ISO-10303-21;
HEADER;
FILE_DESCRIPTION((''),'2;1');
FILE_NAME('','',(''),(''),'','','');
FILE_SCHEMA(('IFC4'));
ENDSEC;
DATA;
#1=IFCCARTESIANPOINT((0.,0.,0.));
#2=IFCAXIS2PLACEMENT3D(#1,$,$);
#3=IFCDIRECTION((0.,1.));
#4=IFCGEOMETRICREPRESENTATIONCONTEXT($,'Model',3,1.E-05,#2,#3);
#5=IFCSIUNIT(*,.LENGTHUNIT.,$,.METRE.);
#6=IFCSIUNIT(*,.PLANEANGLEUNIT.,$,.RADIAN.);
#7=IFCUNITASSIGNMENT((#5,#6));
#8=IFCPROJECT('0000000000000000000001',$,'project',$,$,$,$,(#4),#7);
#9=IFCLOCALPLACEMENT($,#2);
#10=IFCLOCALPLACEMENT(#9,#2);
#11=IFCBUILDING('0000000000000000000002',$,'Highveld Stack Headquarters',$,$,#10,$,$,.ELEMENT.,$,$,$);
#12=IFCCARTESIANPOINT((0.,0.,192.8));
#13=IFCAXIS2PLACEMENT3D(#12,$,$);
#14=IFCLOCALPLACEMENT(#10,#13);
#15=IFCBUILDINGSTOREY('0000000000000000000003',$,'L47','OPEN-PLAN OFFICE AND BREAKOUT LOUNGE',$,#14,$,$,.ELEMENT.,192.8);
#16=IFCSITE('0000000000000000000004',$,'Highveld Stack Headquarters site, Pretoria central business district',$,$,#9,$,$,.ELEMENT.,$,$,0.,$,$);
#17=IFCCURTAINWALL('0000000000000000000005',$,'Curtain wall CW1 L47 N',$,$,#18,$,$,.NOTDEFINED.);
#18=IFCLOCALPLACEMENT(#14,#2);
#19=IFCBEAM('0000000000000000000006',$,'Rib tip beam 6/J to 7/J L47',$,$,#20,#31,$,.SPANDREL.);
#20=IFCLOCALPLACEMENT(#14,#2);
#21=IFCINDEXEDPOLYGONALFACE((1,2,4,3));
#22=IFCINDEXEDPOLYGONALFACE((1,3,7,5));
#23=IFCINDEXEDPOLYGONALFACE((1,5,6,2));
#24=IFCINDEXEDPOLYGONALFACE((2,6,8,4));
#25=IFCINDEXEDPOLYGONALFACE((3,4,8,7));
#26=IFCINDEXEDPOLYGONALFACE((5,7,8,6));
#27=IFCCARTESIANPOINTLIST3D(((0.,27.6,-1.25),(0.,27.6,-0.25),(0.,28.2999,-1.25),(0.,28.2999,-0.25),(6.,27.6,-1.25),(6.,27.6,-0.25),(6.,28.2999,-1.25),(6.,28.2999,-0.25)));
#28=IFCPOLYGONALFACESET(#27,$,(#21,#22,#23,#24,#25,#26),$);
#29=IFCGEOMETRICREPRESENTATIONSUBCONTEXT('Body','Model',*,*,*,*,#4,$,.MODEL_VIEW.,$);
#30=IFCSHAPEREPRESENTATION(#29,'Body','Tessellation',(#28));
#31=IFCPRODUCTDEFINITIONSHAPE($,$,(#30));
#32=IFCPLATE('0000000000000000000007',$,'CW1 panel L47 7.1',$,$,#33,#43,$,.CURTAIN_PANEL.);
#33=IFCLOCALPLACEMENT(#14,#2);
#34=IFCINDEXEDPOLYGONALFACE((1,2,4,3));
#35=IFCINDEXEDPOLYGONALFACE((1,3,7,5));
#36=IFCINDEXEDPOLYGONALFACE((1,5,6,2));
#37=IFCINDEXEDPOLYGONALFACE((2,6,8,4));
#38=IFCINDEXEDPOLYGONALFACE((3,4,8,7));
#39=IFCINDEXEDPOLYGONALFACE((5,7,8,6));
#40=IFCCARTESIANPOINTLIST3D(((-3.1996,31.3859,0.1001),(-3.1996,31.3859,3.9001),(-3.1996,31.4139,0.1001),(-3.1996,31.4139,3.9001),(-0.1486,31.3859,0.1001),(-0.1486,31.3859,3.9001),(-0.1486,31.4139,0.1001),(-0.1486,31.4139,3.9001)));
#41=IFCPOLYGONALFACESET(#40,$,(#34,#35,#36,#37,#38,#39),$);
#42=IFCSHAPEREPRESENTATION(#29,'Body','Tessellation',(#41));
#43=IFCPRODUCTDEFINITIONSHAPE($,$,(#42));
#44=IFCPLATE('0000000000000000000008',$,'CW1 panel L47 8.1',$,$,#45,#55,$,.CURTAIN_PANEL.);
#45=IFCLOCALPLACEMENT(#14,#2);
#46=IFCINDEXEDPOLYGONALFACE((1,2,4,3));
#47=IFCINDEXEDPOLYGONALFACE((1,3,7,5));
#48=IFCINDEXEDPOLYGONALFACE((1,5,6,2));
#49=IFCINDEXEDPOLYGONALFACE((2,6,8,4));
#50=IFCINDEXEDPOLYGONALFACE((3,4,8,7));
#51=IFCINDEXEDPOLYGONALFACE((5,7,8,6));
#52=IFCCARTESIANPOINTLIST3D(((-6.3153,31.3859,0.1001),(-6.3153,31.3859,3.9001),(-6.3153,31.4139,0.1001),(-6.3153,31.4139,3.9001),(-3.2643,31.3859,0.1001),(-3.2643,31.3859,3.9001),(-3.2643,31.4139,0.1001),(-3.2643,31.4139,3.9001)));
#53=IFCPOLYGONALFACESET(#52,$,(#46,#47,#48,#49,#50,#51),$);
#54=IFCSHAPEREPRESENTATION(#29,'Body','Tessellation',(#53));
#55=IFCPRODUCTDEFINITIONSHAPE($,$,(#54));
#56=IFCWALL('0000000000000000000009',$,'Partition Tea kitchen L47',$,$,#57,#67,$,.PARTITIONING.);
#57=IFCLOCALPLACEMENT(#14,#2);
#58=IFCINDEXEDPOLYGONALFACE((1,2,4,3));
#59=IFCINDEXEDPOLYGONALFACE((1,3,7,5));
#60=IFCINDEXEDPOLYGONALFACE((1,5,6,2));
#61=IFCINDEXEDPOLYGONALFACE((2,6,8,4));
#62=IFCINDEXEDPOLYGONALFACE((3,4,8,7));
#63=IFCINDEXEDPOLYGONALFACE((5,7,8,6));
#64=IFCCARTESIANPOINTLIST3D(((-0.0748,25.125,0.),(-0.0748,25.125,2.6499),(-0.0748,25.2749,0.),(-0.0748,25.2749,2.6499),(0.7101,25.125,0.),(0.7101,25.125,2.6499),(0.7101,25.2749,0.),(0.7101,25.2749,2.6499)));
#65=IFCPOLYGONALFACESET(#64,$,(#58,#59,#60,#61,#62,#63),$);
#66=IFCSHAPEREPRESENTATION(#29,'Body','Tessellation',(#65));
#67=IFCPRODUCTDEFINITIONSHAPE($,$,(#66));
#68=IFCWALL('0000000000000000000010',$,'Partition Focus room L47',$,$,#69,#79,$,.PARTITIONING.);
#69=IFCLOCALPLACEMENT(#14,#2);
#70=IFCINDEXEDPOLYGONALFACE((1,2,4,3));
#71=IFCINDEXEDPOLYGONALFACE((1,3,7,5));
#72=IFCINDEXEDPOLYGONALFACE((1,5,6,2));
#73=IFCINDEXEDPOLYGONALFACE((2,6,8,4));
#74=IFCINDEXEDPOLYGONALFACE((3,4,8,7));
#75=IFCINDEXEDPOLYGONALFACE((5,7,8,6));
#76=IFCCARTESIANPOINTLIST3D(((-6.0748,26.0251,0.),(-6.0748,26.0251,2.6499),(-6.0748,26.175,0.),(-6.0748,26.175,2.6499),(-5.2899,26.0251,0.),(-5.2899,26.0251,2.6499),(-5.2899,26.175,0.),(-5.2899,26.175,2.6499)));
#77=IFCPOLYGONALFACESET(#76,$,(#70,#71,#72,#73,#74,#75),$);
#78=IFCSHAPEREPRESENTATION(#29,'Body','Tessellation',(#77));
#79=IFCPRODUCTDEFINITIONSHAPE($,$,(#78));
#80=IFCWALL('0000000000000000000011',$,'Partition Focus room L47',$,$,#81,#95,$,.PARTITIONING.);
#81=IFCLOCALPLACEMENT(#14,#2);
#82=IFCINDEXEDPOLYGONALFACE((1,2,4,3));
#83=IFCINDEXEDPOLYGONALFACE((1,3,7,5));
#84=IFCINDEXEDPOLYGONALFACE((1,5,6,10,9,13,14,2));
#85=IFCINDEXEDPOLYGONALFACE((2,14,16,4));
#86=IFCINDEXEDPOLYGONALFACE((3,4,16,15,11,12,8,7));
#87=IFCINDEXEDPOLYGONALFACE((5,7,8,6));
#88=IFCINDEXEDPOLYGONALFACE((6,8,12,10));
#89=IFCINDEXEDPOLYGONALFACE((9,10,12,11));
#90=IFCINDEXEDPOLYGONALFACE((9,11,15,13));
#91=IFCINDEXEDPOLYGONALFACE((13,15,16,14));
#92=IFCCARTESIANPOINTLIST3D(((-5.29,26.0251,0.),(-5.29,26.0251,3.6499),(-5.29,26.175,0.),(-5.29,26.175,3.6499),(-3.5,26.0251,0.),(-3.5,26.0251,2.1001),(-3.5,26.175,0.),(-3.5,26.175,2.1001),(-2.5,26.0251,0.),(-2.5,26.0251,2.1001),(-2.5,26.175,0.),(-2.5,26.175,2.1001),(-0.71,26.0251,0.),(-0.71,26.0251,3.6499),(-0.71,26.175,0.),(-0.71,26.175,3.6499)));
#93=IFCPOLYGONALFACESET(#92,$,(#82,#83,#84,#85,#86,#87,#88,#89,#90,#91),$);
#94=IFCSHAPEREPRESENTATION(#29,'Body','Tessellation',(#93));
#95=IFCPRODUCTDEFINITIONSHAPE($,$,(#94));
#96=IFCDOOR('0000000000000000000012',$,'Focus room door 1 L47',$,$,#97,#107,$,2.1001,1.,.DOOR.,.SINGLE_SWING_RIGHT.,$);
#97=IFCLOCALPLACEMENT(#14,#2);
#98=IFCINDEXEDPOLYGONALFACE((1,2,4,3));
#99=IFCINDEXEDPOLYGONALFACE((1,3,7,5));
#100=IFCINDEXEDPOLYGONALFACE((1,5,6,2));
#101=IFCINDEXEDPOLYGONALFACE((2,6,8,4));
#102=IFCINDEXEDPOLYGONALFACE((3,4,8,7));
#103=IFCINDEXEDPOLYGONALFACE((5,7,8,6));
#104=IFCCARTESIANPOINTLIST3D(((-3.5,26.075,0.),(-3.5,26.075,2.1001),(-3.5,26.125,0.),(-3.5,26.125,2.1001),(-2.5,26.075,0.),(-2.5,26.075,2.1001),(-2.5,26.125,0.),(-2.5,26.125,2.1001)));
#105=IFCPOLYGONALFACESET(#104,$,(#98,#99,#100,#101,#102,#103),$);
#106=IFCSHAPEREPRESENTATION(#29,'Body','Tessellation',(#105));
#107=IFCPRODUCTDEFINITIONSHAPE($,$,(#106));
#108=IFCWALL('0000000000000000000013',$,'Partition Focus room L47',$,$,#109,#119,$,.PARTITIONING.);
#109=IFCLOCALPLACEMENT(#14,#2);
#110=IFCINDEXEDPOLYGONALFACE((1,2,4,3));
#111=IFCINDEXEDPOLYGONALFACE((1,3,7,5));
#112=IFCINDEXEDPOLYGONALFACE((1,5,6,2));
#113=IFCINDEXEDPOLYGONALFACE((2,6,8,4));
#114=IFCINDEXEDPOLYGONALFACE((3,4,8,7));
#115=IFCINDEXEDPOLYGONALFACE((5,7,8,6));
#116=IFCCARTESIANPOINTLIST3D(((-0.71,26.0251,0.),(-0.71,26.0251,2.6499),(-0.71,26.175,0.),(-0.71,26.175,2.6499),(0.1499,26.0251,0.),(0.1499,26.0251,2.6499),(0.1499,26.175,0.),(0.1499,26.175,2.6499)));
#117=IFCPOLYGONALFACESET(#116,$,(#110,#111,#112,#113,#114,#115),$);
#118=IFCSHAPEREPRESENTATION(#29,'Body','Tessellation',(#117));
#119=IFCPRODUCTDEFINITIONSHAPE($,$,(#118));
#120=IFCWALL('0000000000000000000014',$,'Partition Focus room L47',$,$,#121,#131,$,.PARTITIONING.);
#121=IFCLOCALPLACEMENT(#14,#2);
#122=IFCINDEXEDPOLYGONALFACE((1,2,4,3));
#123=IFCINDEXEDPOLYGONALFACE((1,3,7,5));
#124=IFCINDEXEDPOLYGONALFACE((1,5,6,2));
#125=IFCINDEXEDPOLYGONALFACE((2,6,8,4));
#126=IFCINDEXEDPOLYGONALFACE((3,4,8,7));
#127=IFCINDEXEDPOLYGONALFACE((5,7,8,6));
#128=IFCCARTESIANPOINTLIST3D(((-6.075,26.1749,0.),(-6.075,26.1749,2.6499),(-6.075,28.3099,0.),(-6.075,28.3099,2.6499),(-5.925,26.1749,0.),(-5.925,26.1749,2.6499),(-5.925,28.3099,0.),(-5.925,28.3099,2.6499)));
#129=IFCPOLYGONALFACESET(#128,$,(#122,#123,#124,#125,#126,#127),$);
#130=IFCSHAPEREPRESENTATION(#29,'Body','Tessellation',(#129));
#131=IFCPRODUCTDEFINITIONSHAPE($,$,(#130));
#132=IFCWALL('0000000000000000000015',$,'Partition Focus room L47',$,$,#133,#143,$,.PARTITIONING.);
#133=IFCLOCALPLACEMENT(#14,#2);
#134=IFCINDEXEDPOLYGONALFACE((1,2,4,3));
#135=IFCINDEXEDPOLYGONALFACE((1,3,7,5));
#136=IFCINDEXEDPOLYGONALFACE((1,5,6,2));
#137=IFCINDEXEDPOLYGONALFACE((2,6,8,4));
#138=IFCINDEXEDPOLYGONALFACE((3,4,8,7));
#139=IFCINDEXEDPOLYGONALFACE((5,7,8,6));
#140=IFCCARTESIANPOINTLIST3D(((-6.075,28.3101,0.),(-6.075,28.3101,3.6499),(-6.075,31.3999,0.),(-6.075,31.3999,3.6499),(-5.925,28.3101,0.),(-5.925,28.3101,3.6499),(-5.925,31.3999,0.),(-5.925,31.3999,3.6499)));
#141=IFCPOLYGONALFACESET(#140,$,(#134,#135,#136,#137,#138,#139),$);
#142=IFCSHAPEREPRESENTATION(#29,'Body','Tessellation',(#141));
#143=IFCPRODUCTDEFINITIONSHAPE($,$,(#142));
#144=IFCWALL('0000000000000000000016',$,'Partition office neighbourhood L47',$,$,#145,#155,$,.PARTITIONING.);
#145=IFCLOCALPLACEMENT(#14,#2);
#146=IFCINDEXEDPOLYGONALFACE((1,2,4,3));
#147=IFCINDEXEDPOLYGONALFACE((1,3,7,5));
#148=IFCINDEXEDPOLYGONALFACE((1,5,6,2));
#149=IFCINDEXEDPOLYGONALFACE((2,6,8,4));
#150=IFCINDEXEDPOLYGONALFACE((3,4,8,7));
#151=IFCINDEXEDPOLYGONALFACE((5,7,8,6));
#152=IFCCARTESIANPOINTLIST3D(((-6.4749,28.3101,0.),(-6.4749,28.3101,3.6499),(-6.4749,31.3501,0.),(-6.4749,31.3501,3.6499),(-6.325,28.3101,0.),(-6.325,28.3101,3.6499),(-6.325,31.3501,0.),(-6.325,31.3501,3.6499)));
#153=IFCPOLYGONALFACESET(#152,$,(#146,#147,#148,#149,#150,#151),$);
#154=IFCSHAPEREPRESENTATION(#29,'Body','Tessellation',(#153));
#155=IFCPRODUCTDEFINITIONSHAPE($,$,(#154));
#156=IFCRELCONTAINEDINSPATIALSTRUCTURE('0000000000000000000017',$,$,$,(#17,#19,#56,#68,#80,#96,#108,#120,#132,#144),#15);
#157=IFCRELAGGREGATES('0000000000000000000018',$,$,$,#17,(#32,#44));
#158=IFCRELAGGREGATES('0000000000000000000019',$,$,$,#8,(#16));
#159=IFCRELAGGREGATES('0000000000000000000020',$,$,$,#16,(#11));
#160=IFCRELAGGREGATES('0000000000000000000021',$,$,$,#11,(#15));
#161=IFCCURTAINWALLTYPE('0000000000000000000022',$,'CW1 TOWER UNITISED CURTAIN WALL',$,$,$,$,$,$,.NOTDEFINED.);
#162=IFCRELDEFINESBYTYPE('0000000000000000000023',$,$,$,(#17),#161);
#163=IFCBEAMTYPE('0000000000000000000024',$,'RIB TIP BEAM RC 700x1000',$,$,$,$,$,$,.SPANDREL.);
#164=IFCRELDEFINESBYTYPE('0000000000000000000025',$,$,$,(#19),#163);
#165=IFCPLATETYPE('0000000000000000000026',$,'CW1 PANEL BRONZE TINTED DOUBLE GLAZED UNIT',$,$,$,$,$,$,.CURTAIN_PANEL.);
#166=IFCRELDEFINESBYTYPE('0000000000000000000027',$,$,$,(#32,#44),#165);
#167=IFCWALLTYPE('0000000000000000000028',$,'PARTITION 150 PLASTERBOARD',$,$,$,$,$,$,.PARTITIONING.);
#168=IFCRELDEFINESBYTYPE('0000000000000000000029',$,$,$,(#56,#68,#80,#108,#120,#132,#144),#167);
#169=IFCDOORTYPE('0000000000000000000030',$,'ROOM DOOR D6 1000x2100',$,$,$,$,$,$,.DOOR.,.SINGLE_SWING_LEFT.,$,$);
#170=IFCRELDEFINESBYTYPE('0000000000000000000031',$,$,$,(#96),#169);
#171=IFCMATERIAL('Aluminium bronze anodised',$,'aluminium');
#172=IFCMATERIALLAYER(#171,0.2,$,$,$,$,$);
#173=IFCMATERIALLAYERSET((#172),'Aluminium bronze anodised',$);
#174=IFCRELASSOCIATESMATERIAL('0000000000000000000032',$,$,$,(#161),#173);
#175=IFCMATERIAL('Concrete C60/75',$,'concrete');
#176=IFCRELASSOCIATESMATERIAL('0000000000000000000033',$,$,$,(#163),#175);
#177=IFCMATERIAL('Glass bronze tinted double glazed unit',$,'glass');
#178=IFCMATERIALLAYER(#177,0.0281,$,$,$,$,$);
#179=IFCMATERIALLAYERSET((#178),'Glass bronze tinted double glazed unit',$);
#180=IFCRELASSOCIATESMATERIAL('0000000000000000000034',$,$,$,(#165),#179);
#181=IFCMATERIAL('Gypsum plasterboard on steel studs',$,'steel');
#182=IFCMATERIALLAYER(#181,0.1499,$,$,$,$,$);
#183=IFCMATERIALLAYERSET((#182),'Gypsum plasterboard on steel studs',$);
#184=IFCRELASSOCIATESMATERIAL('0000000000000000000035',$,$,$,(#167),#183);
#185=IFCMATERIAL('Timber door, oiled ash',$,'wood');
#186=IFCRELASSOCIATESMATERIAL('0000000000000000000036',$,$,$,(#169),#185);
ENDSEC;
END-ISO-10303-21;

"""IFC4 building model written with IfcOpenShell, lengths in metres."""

from ifc_helpers import new_model, si_unit, direction, frame, frame_2d, origin, origin_2d, place, context, subcontext, project, spatial, rectangle, extrude, material, layer, layer_set, material_profile, profile_set, type_object, element, fill, aggregate, save


model = new_model("IFC4")

# Units and contexts
model_context = context("Model", 3, precision=1e-05, world=origin(), true_north=direction((0.0, 1.0)))
body_context = subcontext(model_context, "Body", "Model", "MODEL_VIEW")
ifc_project = project(units=[si_unit("LENGTHUNIT", "METRE"), si_unit("PLANEANGLEUNIT", "RADIAN")], contexts=[model_context])

# Site, building, storey
site_placement = place(None, origin())
site = spatial("IfcSite", under=ifc_project, at=site_placement, Name="Highveld Stack Headquarters site, Pretoria central business district", CompositionType="ELEMENT", RefElevation=0.0)
building_placement = place(site_placement, origin())
building = spatial("IfcBuilding", under=site, at=building_placement, Name="Highveld Stack Headquarters", CompositionType="ELEMENT")
storey_placement = place(building_placement, frame((0.0, 0.0, 192.8)))
storey = spatial("IfcBuildingStorey", under=building, at=storey_placement, Name="L47", Description="OPEN-PLAN OFFICE AND BREAKOUT LOUNGE", CompositionType="ELEMENT", Elevation=192.8)

# Curtain wall
ifc_material_1 = material(Name="Aluminium bronze anodised", Category="aluminium")
ifc_layer_1 = layer(ifc_material_1, 0.2)
ifc_layer_set_1 = layer_set([ifc_layer_1], Name="Aluminium bronze anodised")
curtain_wall_type = type_object("IfcCurtainWallType", Name="CW1 TOWER UNITISED CURTAIN WALL", PredefinedType="NOTDEFINED", material=ifc_layer_set_1)
curtain_wall_placement = place(storey_placement, origin())
curtain_wall = element("IfcCurtainWall", 1, at=curtain_wall_placement, inside=storey, type_object=curtain_wall_type, Name="Curtain wall CW1 L47 N", PredefinedType="NOTDEFINED")

# Beam
ifc_material_2 = material(Name="Concrete C60/75", Category="concrete")
ifc_material_profile_1 = material_profile(ifc_material_2, rectangle(XDim=0.7, YDim=1.0, at=origin_2d()), Name="RC 700x1000")
ifc_profile_set_1 = profile_set([ifc_material_profile_1], Name="Concrete C60/75")
beam_type_1 = type_object("IfcBeamType", Name="RIB TIP BEAM RC 700x1000", PredefinedType="SPANDREL", material=ifc_profile_set_1)
for number, where, z_axis, x_axis, name in (
    (2, (0.0, 27.95, -0.75), (1.0, 0.0, 0.0), (0.0, 1.0, 0.0), "Rib tip beam 6/J to 7/J L47"),
):
    element("IfcBeam", number, at=place(storey_placement, frame(where, z_axis=z_axis, x_axis=x_axis)), inside=storey, type_object=beam_type_1, Name=name, PredefinedType="SPANDREL", context=body_context, shape_type="SweptSolid", body=[
        extrude(rectangle(XDim=0.7, YDim=1.0, at=origin_2d()), origin(), (0.0, 0.0, 1.0), 6.0),
    ])

# Plates
ifc_material_3 = material(Name="Glass bronze tinted double glazed unit", Category="glass")
ifc_layer_2 = layer(ifc_material_3, 0.0281)
ifc_layer_set_2 = layer_set([ifc_layer_2], Name="Glass bronze tinted double glazed unit")
plate_type = type_object("IfcPlateType", Name="CW1 PANEL BRONZE TINTED DOUBLE GLAZED UNIT", PredefinedType="CURTAIN_PANEL", material=ifc_layer_set_2)
plate_1_placement = place(storey_placement, frame((-1.6741, 31.3999, 0.1001), z_axis=(0.0, 0.0, 1.0), x_axis=(-1.0, 0.0, 0.0)))
plate_1 = element("IfcPlate", 3, at=plate_1_placement, type_object=plate_type, Name="CW1 panel L47 7.1", PredefinedType="CURTAIN_PANEL", context=body_context, shape_type="SweptSolid", body=[
    extrude(rectangle(XDim=3.051, YDim=0.0281, at=origin_2d()), origin(), (0.0, 0.0, 1.0), 3.8),
])
plate_2_placement = place(storey_placement, frame((-4.7898, 31.3999, 0.1001), z_axis=(0.0, 0.0, 1.0), x_axis=(-1.0, 0.0, 0.0)))
plate_2 = element("IfcPlate", 4, at=plate_2_placement, type_object=plate_type, Name="CW1 panel L47 8.1", PredefinedType="CURTAIN_PANEL", context=body_context, shape_type="SweptSolid", body=[
    extrude(rectangle(XDim=3.051, YDim=0.0281, at=origin_2d()), origin(), (0.0, 0.0, 1.0), 3.8),
])
aggregate(curtain_wall, [plate_1, plate_2])

# Walls
ifc_material_4 = material(Name="Gypsum plasterboard on steel studs", Category="steel")
ifc_layer_3 = layer(ifc_material_4, 0.1499)
ifc_layer_set_3 = layer_set([ifc_layer_3], Name="Gypsum plasterboard on steel studs")
wall_type = type_object("IfcWallType", Name="PARTITION 150 PLASTERBOARD", PredefinedType="PARTITIONING", material=ifc_layer_set_3)
for number, where, z_axis, x_axis, name in (
    (5, (-0.075, 25.2, 0.0), (0.0, 0.0, 1.0), (1.0, 0.0, 0.0), "Partition Tea kitchen L47"),
    (6, (-6.075, 26.1001, 0.0), (0.0, 0.0, 1.0), (1.0, 0.0, 0.0), "Partition Focus room L47"),
):
    element("IfcWall", number, at=place(storey_placement, frame(where, z_axis=z_axis, x_axis=x_axis)), inside=storey, type_object=wall_type, Name=name, PredefinedType="PARTITIONING", context=body_context, shape_type="SweptSolid", body=[
        extrude(rectangle(XDim=0.7849, YDim=0.1499, at=frame_2d((0.3926, 0.0))), origin(), (0.0, 0.0, 1.0), 2.6499),
    ])

# Wall, opening, door
wall_1_placement = place(storey_placement, frame((-5.29, 26.1001, 0.0), z_axis=(0.0, 0.0, 1.0), x_axis=(1.0, 0.0, 0.0)))
wall_1 = element("IfcWall", 7, at=wall_1_placement, inside=storey, type_object=wall_type, Name="Partition Focus room L47", PredefinedType="PARTITIONING", context=body_context, shape_type="SweptSolid", body=[
    extrude(rectangle(XDim=4.5801, YDim=0.1499, at=frame_2d((2.29, 0.0))), origin(), (0.0, 0.0, 1.0), 3.6499),
])
opening_placement = place(wall_1_placement, frame((1.79, 0.0, 0.0)))
opening = element("IfcOpeningElement", 8, at=opening_placement, cuts=wall_1, PredefinedType="OPENING", context=body_context, shape_type="SweptSolid", body=[
    extrude(rectangle(XDim=1.0, YDim=2.1001, at=frame_2d((0.5, 1.05))), frame((0.0, 0.085, 0.0), z_axis=(0.0, -1.0, 0.0), x_axis=(1.0, 0.0, 0.0)), (0.0, 0.0, 1.0), 0.1699),
])
ifc_material_5 = material(Name="Timber door, oiled ash", Category="wood")
door_type = type_object("IfcDoorType", Name="ROOM DOOR D6 1000x2100", OperationType="SINGLE_SWING_LEFT", PredefinedType="DOOR", material=ifc_material_5)
door_placement = place(opening_placement, origin())
door = element("IfcDoor", 9, at=door_placement, inside=storey, type_object=door_type, Name="Focus room door 1 L47", OperationType="SINGLE_SWING_RIGHT", OverallHeight=2.1001, OverallWidth=1.0, PredefinedType="DOOR", context=body_context, shape_type="SweptSolid", body=[
    extrude(rectangle(XDim=1.0, YDim=2.1001, at=frame_2d((0.5, 1.05))), frame((0.0, 0.0249, 0.0), z_axis=(0.0, -1.0, 0.0), x_axis=(1.0, 0.0, 0.0)), (0.0, 0.0, 1.0), 0.05),
])
fill(opening, door)

# Walls
wall_2_placement = place(storey_placement, frame((-0.71, 26.1001, 0.0), z_axis=(0.0, 0.0, 1.0), x_axis=(1.0, 0.0, 0.0)))
element("IfcWall", 10, at=wall_2_placement, inside=storey, type_object=wall_type, Name="Partition Focus room L47", PredefinedType="PARTITIONING", context=body_context, shape_type="SweptSolid", body=[
    extrude(rectangle(XDim=0.8599, YDim=0.1499, at=frame_2d((0.4299, 0.0))), origin(), (0.0, 0.0, 1.0), 2.6499),
])
wall_3_placement = place(storey_placement, frame((-6.0, 26.175, 0.0), z_axis=(0.0, 0.0, 1.0), x_axis=(0.0, 1.0, 0.0)))
element("IfcWall", 11, at=wall_3_placement, inside=storey, type_object=wall_type, Name="Partition Focus room L47", PredefinedType="PARTITIONING", context=body_context, shape_type="SweptSolid", body=[
    extrude(rectangle(XDim=2.135, YDim=0.1499, at=frame_2d((1.0674, 0.0))), origin(), (0.0, 0.0, 1.0), 2.6499),
])
wall_4_placement = place(storey_placement, frame((-6.0, 28.3101, 0.0), z_axis=(0.0, 0.0, 1.0), x_axis=(0.0, 1.0, 0.0)))
element("IfcWall", 12, at=wall_4_placement, inside=storey, type_object=wall_type, Name="Partition Focus room L47", PredefinedType="PARTITIONING", context=body_context, shape_type="SweptSolid", body=[
    extrude(rectangle(XDim=3.0898, YDim=0.1499, at=frame_2d((1.5449, 0.0))), origin(), (0.0, 0.0, 1.0), 3.6499),
])
wall_5_placement = place(storey_placement, frame((-6.3999, 28.3101, 0.0), z_axis=(0.0, 0.0, 1.0), x_axis=(0.0, 1.0, 0.0)))
element("IfcWall", 13, at=wall_5_placement, inside=storey, type_object=wall_type, Name="Partition office neighbourhood L47", PredefinedType="PARTITIONING", context=body_context, shape_type="SweptSolid", body=[
    extrude(rectangle(XDim=3.04, YDim=0.1499, at=frame_2d((1.52, 0.0))), origin(), (0.0, 0.0, 1.0), 3.6499),
])

save(model, "model.ifc")
